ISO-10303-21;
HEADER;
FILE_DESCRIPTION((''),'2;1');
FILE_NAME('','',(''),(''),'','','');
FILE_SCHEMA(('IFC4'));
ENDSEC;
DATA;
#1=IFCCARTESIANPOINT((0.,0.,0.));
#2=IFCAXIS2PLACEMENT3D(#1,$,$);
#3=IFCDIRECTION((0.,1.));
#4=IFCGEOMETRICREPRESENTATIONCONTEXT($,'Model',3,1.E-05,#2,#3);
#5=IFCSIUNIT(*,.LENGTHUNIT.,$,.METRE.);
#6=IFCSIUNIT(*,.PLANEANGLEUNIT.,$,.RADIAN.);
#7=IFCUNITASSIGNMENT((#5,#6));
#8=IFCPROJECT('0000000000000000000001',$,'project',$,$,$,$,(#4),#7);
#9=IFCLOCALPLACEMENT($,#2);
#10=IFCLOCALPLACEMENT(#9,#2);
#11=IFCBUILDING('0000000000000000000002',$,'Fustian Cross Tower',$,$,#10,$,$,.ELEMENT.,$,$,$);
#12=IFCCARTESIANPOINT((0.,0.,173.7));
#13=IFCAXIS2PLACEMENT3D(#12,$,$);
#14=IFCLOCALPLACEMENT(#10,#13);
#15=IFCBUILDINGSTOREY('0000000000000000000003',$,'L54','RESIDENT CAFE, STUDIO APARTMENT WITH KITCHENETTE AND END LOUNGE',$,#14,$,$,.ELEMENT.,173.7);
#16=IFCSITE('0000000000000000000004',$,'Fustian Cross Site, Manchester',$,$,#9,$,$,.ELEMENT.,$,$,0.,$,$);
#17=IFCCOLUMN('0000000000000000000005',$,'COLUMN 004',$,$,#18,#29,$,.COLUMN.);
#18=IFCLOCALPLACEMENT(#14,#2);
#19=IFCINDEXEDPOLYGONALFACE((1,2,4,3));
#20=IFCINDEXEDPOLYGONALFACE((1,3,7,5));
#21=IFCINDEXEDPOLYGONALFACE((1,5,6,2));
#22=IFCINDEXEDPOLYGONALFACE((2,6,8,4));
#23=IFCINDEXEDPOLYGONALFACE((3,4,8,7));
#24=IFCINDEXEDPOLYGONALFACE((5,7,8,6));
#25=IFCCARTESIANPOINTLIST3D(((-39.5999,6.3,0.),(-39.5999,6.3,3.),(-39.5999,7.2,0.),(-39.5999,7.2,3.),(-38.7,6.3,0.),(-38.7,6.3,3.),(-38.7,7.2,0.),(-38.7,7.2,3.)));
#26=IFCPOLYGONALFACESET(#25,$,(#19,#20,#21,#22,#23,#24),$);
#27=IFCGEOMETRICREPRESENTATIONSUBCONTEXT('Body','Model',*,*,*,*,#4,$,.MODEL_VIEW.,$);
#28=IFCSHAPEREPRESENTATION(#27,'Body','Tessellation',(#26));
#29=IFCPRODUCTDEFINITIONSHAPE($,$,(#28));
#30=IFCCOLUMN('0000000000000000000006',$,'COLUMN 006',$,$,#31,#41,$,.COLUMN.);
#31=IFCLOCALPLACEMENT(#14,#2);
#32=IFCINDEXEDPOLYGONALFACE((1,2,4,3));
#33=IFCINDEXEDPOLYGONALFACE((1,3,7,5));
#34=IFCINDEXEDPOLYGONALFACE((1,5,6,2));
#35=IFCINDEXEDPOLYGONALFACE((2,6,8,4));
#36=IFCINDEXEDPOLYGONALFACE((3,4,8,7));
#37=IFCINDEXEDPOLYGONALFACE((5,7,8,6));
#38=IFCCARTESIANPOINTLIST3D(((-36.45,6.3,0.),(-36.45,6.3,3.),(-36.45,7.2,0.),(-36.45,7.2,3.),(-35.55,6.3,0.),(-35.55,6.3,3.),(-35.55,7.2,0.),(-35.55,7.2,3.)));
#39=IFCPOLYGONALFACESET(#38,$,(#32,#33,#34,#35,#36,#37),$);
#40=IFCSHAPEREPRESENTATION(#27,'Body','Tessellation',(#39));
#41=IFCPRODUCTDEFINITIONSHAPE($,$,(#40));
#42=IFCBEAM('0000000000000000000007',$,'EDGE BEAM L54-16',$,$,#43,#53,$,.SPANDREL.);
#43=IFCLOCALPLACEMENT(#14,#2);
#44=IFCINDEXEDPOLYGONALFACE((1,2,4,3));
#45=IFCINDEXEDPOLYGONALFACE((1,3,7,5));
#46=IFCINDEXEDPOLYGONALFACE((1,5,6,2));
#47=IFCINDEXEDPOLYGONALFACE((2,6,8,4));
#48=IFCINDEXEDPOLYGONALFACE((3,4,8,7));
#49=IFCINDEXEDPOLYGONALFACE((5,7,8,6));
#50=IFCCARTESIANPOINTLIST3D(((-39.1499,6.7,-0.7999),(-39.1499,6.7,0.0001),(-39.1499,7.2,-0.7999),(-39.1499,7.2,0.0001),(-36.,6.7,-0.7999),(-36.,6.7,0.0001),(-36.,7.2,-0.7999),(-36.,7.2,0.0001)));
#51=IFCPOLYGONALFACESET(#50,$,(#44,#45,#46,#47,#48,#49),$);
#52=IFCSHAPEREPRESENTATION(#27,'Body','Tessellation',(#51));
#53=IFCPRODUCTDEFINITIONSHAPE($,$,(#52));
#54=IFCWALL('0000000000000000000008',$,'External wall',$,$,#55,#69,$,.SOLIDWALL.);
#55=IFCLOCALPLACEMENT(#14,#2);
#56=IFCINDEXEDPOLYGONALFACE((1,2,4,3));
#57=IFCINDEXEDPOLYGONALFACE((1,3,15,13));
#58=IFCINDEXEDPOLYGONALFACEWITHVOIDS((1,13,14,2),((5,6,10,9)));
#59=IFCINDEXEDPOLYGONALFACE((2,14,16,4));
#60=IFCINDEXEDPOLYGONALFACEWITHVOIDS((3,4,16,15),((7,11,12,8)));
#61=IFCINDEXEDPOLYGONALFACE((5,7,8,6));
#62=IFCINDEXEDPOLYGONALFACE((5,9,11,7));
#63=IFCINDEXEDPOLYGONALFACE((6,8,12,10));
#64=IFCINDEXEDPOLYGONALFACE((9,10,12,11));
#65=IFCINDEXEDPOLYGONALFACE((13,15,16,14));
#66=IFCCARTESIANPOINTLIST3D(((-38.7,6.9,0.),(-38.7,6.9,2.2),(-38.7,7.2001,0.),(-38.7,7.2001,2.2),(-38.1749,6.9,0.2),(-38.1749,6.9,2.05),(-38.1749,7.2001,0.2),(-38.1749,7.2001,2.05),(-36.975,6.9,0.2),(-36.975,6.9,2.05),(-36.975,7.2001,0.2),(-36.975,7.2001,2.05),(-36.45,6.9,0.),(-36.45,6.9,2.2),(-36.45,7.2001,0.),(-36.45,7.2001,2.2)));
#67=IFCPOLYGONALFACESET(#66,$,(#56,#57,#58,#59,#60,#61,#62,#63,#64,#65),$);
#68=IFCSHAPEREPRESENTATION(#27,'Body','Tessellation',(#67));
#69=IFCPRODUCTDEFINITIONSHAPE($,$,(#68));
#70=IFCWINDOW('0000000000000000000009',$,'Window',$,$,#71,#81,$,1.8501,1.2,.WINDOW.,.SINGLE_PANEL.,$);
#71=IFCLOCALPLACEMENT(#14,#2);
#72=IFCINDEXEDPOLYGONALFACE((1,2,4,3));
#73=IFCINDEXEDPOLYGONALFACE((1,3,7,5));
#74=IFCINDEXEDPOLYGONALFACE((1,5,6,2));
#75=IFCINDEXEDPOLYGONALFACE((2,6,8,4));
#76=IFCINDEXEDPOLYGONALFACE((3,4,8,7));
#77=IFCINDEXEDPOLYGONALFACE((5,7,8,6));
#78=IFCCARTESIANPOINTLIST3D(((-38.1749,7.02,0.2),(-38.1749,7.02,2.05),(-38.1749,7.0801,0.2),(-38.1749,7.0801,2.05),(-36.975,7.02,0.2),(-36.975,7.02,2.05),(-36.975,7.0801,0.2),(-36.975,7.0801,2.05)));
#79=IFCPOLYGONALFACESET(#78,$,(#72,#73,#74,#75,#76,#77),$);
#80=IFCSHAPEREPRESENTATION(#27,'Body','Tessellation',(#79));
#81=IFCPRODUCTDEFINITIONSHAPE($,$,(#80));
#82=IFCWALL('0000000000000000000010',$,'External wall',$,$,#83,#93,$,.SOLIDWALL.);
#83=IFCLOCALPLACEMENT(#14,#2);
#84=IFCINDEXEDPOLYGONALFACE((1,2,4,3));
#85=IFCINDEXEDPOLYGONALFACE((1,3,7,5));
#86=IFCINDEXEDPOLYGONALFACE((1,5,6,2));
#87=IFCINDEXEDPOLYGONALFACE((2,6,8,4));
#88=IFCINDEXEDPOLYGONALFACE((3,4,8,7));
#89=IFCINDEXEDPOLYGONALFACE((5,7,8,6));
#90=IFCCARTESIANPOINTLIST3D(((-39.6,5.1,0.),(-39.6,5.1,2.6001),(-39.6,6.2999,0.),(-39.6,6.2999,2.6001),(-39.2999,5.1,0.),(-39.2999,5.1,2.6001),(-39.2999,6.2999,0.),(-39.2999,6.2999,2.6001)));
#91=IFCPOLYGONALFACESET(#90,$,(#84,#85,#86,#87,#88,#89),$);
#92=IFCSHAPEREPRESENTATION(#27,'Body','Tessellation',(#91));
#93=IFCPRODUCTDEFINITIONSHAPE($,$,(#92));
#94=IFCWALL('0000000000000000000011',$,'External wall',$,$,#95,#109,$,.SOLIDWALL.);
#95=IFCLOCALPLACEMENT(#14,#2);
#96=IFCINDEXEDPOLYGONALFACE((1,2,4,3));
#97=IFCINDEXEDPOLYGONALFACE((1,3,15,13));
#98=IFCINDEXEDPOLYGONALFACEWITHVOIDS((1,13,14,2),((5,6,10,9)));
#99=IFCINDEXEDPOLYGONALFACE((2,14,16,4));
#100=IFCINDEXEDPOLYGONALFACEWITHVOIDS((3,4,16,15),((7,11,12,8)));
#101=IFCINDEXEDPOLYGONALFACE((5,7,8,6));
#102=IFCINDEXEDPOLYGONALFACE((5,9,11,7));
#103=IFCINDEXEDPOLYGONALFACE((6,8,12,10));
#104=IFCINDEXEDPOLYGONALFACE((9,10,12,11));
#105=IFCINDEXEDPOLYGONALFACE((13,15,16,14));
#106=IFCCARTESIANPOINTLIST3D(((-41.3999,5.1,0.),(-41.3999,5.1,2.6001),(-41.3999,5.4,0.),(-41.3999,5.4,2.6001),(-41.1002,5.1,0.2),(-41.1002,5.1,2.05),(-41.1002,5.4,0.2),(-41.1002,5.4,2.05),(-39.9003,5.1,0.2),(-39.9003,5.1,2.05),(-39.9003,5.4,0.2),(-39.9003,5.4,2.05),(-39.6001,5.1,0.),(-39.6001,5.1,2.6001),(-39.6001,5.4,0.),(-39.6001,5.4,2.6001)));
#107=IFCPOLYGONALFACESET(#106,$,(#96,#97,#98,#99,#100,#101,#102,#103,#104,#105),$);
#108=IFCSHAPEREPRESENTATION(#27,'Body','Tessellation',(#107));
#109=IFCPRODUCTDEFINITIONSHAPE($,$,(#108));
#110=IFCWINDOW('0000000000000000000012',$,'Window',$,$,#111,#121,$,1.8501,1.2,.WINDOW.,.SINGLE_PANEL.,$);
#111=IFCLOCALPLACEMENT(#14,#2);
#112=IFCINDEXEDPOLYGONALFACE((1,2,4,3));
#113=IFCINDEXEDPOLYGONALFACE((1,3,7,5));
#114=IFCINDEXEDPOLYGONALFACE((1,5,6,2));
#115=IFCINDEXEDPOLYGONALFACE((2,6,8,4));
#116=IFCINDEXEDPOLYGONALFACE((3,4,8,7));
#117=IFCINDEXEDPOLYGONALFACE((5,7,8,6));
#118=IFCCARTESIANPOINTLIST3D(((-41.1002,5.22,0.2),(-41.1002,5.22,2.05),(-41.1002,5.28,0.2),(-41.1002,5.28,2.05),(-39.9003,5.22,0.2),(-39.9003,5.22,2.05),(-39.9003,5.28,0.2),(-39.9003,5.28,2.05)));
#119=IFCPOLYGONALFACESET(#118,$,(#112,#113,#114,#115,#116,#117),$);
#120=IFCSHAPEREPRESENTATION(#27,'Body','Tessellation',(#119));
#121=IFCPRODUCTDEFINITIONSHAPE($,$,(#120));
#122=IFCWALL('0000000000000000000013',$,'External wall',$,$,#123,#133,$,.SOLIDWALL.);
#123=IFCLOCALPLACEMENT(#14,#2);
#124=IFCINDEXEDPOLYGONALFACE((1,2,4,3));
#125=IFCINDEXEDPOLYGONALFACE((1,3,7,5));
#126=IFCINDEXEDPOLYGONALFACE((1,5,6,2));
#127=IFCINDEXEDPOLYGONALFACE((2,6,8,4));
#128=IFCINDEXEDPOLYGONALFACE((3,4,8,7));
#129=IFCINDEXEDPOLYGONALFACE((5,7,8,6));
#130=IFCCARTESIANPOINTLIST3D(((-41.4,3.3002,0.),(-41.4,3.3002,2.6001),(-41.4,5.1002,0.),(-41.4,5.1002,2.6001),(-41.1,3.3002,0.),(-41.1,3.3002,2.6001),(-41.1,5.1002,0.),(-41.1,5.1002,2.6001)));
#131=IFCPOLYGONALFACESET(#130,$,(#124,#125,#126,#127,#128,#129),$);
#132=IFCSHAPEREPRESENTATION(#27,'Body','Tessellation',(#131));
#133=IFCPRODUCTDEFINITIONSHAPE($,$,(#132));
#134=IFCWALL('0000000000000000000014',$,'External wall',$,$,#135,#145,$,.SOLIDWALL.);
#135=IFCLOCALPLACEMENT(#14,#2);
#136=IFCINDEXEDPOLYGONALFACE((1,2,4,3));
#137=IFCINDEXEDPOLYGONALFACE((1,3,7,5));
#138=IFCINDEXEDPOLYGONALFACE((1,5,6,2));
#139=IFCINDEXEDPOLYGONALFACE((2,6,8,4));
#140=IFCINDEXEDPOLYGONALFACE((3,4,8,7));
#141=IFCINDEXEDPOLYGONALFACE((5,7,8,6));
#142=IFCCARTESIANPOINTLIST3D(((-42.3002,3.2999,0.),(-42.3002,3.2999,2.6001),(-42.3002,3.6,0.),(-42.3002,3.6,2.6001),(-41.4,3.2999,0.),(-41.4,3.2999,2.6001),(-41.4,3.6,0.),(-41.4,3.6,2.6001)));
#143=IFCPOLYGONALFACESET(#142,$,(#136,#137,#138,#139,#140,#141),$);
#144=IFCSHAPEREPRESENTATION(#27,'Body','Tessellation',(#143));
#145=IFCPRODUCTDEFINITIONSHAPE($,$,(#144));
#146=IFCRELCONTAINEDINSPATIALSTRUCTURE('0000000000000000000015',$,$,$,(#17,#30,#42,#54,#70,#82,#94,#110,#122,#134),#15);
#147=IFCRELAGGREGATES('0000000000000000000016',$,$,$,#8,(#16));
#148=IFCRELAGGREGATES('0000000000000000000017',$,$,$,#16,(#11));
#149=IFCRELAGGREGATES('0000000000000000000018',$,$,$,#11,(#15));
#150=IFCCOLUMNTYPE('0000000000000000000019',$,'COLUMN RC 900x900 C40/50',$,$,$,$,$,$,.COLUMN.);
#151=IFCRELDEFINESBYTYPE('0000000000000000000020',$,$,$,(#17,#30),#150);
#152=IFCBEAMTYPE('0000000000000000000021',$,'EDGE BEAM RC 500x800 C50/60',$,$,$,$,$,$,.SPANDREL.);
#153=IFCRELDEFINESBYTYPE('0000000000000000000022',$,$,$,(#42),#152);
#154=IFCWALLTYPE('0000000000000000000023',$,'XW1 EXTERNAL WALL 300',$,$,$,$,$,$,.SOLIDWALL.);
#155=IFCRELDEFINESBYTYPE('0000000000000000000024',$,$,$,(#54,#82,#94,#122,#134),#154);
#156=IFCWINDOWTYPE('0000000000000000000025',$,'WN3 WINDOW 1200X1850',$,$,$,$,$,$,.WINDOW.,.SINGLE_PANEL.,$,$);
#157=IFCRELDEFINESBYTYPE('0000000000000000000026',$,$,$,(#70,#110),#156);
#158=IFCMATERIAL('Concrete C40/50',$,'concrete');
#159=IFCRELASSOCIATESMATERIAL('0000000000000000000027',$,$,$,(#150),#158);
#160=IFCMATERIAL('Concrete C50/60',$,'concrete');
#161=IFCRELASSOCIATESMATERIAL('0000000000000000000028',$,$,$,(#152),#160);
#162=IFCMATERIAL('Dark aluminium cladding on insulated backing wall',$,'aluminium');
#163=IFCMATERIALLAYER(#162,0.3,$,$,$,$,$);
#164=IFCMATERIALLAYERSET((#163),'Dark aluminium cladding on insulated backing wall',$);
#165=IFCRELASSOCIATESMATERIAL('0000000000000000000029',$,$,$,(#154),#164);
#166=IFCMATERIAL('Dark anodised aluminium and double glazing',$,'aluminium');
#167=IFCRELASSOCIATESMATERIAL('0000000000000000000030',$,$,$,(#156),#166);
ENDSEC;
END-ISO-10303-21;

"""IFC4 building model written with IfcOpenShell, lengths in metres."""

from ifc_helpers import new_model, si_unit, direction, frame, frame_2d, origin, origin_2d, place, context, subcontext, project, spatial, rectangle, extrude, material, layer, layer_set, material_profile, profile_set, type_object, element, fill, save


model = new_model("IFC4")

# Units and contexts
model_context = context("Model", 3, precision=1e-05, world=origin(), true_north=direction((0.0, 1.0)))
body_context = subcontext(model_context, "Body", "Model", "MODEL_VIEW")
ifc_project = project(units=[si_unit("LENGTHUNIT", "METRE"), si_unit("PLANEANGLEUNIT", "RADIAN")], contexts=[model_context])

# Site, building, storey
site_placement = place(None, origin())
site = spatial("IfcSite", under=ifc_project, at=site_placement, Name="Fustian Cross Site, Manchester", CompositionType="ELEMENT", RefElevation=0.0)
building_placement = place(site_placement, origin())
building = spatial("IfcBuilding", under=site, at=building_placement, Name="Fustian Cross Tower", CompositionType="ELEMENT")
storey_placement = place(building_placement, frame((0.0, 0.0, 173.7)))
storey = spatial("IfcBuildingStorey", under=building, at=storey_placement, Name="L54", Description="RESIDENT CAFE, STUDIO APARTMENT WITH KITCHENETTE AND END LOUNGE", CompositionType="ELEMENT", Elevation=173.7)

# Columns
ifc_material_1 = material(Name="Concrete C40/50", Category="concrete")
ifc_material_profile_1 = material_profile(ifc_material_1, rectangle(XDim=0.8999, YDim=0.8999, at=origin_2d()), Name="RC 900x900")
ifc_profile_set_1 = profile_set([ifc_material_profile_1], Name="Concrete C40/50")
column_type = type_object("IfcColumnType", Name="COLUMN RC 900x900 C40/50", PredefinedType="COLUMN", material=ifc_profile_set_1)
for number, where, z_axis, x_axis, name in (
    (1, (-39.1499, 6.75, 0.0), (0.0, 0.0, 1.0), (1.0, 0.0, 0.0), "COLUMN 004"),
    (2, (-36.0, 6.75, 0.0), (0.0, 0.0, 1.0), (1.0, 0.0, 0.0), "COLUMN 006"),
):
    element("IfcColumn", number, at=place(storey_placement, frame(where, z_axis=z_axis, x_axis=x_axis)), inside=storey, type_object=column_type, Name=name, PredefinedType="COLUMN", context=body_context, shape_type="SweptSolid", body=[
        extrude(rectangle(XDim=0.8999, YDim=0.8999, at=origin_2d()), origin(), (0.0, 0.0, 1.0), 3.0),
    ])

# Beam
ifc_material_2 = material(Name="Concrete C50/60", Category="concrete")
ifc_material_profile_2 = material_profile(ifc_material_2, rectangle(XDim=0.5, YDim=0.8, at=origin_2d()), Name="RC 500x800")
ifc_profile_set_2 = profile_set([ifc_material_profile_2], Name="Concrete C50/60")
beam_type = type_object("IfcBeamType", Name="EDGE BEAM RC 500x800 C50/60", PredefinedType="SPANDREL", material=ifc_profile_set_2)
beam_placement = place(storey_placement, frame((-36.0, 6.95, -0.3999), z_axis=(-1.0, 0.0, 0.0), x_axis=(0.0, -1.0, 0.0)))
element("IfcBeam", 3, at=beam_placement, inside=storey, type_object=beam_type, Name="EDGE BEAM L54-16", PredefinedType="SPANDREL", context=body_context, shape_type="SweptSolid", body=[
    extrude(rectangle(XDim=0.5, YDim=0.8, at=origin_2d()), origin(), (0.0, 0.0, 1.0), 3.1499),
])

# Wall, opening, window
ifc_material_3 = material(Name="Dark aluminium cladding on insulated backing wall", Category="aluminium")
ifc_layer = layer(ifc_material_3, 0.3)
ifc_layer_set = layer_set([ifc_layer], Name="Dark aluminium cladding on insulated backing wall")
wall_type = type_object("IfcWallType", Name="XW1 EXTERNAL WALL 300", PredefinedType="SOLIDWALL", material=ifc_layer_set)
wall_1_placement = place(storey_placement, frame((-36.45, 7.05, 0.0), z_axis=(0.0, 0.0, 1.0), x_axis=(-1.0, 0.0, 0.0)))
wall_1 = element("IfcWall", 4, at=wall_1_placement, inside=storey, type_object=wall_type, Name="External wall", PredefinedType="SOLIDWALL", context=body_context, shape_type="SweptSolid", body=[
    extrude(rectangle(XDim=2.25, YDim=0.3, at=frame_2d((1.125, 0.0))), origin(), (0.0, 0.0, 1.0), 2.2),
])
opening_1_placement = place(wall_1_placement, frame((0.5249, 0.0, 0.2)))
opening_1 = element("IfcOpeningElement", 5, at=opening_1_placement, cuts=wall_1, PredefinedType="OPENING", context=body_context, shape_type="SweptSolid", body=[
    extrude(rectangle(XDim=1.2, YDim=1.8501, at=frame_2d((0.6001, 0.925))), frame((0.0, 0.1599, 0.0), z_axis=(0.0, -1.0, 0.0), x_axis=(1.0, 0.0, 0.0)), (0.0, 0.0, 1.0), 0.3201),
])
ifc_material_4 = material(Name="Dark anodised aluminium and double glazing", Category="aluminium")
window_type = type_object("IfcWindowType", Name="WN3 WINDOW 1200X1850", PartitioningType="SINGLE_PANEL", PredefinedType="WINDOW", material=ifc_material_4)
window_1_placement = place(opening_1_placement, origin())
window_1 = element("IfcWindow", 6, at=window_1_placement, inside=storey, type_object=window_type, Name="Window", OverallHeight=1.8501, OverallWidth=1.2, PartitioningType="SINGLE_PANEL", PredefinedType="WINDOW", context=body_context, shape_type="SweptSolid", body=[
    extrude(rectangle(XDim=1.2, YDim=1.8501, at=frame_2d((0.6001, 0.925))), frame((0.0, 0.03, 0.0), z_axis=(0.0, -1.0, 0.0), x_axis=(1.0, 0.0, 0.0)), (0.0, 0.0, 1.0), 0.0601),
])
fill(opening_1, window_1)

# Wall
wall_2_placement = place(storey_placement, frame((-39.45, 6.3, 0.0), z_axis=(0.0, 0.0, 1.0), x_axis=(0.0, -1.0, 0.0)))
element("IfcWall", 7, at=wall_2_placement, inside=storey, type_object=wall_type, Name="External wall", PredefinedType="SOLIDWALL", context=body_context, shape_type="SweptSolid", body=[
    extrude(rectangle(XDim=1.2, YDim=0.3, at=frame_2d((0.6001, 0.0))), origin(), (0.0, 0.0, 1.0), 2.6001),
])

# Wall, opening, window
wall_3_placement = place(storey_placement, frame((-39.6001, 5.25, 0.0), z_axis=(0.0, 0.0, 1.0), x_axis=(-1.0, 0.0, 0.0)))
wall_3 = element("IfcWall", 8, at=wall_3_placement, inside=storey, type_object=wall_type, Name="External wall", PredefinedType="SOLIDWALL", context=body_context, shape_type="SweptSolid", body=[
    extrude(rectangle(XDim=1.7998, YDim=0.3, at=frame_2d((0.8999, 0.0))), origin(), (0.0, 0.0, 1.0), 2.6001),
])
opening_2_placement = place(wall_3_placement, frame((0.3, 0.0, 0.2)))
opening_2 = element("IfcOpeningElement", 9, at=opening_2_placement, cuts=wall_3, PredefinedType="OPENING", context=body_context, shape_type="SweptSolid", body=[
    extrude(rectangle(XDim=1.2, YDim=1.8501, at=frame_2d((0.6001, 0.925))), frame((0.0, 0.1599, 0.0), z_axis=(0.0, -1.0, 0.0), x_axis=(1.0, 0.0, 0.0)), (0.0, 0.0, 1.0), 0.3201),
])
window_2_placement = place(opening_2_placement, origin())
window_2 = element("IfcWindow", 10, at=window_2_placement, inside=storey, type_object=window_type, Name="Window", OverallHeight=1.8501, OverallWidth=1.2, PartitioningType="SINGLE_PANEL", PredefinedType="WINDOW", context=body_context, shape_type="SweptSolid", body=[
    extrude(rectangle(XDim=1.2, YDim=1.8501, at=frame_2d((0.6001, 0.925))), frame((0.0, 0.03, 0.0), z_axis=(0.0, -1.0, 0.0), x_axis=(1.0, 0.0, 0.0)), (0.0, 0.0, 1.0), 0.0601),
])
fill(opening_2, window_2)

# Walls
wall_4_placement = place(storey_placement, frame((-41.25, 5.1001, 0.0), z_axis=(0.0, 0.0, 1.0), x_axis=(0.0, -1.0, 0.0)))
element("IfcWall", 11, at=wall_4_placement, inside=storey, type_object=wall_type, Name="External wall", PredefinedType="SOLIDWALL", context=body_context, shape_type="SweptSolid", body=[
    extrude(rectangle(XDim=1.8, YDim=0.3, at=frame_2d((0.8999, 0.0))), origin(), (0.0, 0.0, 1.0), 2.6001),
])
wall_5_placement = place(storey_placement, frame((-41.3999, 3.45, 0.0), z_axis=(0.0, 0.0, 1.0), x_axis=(-1.0, 0.0, 0.0)))
element("IfcWall", 12, at=wall_5_placement, inside=storey, type_object=wall_type, Name="External wall", PredefinedType="SOLIDWALL", context=body_context, shape_type="SweptSolid", body=[
    extrude(rectangle(XDim=0.9001, YDim=0.3, at=frame_2d((0.4502, 0.0))), origin(), (0.0, 0.0, 1.0), 2.6001),
])

save(model, "model.ifc")
